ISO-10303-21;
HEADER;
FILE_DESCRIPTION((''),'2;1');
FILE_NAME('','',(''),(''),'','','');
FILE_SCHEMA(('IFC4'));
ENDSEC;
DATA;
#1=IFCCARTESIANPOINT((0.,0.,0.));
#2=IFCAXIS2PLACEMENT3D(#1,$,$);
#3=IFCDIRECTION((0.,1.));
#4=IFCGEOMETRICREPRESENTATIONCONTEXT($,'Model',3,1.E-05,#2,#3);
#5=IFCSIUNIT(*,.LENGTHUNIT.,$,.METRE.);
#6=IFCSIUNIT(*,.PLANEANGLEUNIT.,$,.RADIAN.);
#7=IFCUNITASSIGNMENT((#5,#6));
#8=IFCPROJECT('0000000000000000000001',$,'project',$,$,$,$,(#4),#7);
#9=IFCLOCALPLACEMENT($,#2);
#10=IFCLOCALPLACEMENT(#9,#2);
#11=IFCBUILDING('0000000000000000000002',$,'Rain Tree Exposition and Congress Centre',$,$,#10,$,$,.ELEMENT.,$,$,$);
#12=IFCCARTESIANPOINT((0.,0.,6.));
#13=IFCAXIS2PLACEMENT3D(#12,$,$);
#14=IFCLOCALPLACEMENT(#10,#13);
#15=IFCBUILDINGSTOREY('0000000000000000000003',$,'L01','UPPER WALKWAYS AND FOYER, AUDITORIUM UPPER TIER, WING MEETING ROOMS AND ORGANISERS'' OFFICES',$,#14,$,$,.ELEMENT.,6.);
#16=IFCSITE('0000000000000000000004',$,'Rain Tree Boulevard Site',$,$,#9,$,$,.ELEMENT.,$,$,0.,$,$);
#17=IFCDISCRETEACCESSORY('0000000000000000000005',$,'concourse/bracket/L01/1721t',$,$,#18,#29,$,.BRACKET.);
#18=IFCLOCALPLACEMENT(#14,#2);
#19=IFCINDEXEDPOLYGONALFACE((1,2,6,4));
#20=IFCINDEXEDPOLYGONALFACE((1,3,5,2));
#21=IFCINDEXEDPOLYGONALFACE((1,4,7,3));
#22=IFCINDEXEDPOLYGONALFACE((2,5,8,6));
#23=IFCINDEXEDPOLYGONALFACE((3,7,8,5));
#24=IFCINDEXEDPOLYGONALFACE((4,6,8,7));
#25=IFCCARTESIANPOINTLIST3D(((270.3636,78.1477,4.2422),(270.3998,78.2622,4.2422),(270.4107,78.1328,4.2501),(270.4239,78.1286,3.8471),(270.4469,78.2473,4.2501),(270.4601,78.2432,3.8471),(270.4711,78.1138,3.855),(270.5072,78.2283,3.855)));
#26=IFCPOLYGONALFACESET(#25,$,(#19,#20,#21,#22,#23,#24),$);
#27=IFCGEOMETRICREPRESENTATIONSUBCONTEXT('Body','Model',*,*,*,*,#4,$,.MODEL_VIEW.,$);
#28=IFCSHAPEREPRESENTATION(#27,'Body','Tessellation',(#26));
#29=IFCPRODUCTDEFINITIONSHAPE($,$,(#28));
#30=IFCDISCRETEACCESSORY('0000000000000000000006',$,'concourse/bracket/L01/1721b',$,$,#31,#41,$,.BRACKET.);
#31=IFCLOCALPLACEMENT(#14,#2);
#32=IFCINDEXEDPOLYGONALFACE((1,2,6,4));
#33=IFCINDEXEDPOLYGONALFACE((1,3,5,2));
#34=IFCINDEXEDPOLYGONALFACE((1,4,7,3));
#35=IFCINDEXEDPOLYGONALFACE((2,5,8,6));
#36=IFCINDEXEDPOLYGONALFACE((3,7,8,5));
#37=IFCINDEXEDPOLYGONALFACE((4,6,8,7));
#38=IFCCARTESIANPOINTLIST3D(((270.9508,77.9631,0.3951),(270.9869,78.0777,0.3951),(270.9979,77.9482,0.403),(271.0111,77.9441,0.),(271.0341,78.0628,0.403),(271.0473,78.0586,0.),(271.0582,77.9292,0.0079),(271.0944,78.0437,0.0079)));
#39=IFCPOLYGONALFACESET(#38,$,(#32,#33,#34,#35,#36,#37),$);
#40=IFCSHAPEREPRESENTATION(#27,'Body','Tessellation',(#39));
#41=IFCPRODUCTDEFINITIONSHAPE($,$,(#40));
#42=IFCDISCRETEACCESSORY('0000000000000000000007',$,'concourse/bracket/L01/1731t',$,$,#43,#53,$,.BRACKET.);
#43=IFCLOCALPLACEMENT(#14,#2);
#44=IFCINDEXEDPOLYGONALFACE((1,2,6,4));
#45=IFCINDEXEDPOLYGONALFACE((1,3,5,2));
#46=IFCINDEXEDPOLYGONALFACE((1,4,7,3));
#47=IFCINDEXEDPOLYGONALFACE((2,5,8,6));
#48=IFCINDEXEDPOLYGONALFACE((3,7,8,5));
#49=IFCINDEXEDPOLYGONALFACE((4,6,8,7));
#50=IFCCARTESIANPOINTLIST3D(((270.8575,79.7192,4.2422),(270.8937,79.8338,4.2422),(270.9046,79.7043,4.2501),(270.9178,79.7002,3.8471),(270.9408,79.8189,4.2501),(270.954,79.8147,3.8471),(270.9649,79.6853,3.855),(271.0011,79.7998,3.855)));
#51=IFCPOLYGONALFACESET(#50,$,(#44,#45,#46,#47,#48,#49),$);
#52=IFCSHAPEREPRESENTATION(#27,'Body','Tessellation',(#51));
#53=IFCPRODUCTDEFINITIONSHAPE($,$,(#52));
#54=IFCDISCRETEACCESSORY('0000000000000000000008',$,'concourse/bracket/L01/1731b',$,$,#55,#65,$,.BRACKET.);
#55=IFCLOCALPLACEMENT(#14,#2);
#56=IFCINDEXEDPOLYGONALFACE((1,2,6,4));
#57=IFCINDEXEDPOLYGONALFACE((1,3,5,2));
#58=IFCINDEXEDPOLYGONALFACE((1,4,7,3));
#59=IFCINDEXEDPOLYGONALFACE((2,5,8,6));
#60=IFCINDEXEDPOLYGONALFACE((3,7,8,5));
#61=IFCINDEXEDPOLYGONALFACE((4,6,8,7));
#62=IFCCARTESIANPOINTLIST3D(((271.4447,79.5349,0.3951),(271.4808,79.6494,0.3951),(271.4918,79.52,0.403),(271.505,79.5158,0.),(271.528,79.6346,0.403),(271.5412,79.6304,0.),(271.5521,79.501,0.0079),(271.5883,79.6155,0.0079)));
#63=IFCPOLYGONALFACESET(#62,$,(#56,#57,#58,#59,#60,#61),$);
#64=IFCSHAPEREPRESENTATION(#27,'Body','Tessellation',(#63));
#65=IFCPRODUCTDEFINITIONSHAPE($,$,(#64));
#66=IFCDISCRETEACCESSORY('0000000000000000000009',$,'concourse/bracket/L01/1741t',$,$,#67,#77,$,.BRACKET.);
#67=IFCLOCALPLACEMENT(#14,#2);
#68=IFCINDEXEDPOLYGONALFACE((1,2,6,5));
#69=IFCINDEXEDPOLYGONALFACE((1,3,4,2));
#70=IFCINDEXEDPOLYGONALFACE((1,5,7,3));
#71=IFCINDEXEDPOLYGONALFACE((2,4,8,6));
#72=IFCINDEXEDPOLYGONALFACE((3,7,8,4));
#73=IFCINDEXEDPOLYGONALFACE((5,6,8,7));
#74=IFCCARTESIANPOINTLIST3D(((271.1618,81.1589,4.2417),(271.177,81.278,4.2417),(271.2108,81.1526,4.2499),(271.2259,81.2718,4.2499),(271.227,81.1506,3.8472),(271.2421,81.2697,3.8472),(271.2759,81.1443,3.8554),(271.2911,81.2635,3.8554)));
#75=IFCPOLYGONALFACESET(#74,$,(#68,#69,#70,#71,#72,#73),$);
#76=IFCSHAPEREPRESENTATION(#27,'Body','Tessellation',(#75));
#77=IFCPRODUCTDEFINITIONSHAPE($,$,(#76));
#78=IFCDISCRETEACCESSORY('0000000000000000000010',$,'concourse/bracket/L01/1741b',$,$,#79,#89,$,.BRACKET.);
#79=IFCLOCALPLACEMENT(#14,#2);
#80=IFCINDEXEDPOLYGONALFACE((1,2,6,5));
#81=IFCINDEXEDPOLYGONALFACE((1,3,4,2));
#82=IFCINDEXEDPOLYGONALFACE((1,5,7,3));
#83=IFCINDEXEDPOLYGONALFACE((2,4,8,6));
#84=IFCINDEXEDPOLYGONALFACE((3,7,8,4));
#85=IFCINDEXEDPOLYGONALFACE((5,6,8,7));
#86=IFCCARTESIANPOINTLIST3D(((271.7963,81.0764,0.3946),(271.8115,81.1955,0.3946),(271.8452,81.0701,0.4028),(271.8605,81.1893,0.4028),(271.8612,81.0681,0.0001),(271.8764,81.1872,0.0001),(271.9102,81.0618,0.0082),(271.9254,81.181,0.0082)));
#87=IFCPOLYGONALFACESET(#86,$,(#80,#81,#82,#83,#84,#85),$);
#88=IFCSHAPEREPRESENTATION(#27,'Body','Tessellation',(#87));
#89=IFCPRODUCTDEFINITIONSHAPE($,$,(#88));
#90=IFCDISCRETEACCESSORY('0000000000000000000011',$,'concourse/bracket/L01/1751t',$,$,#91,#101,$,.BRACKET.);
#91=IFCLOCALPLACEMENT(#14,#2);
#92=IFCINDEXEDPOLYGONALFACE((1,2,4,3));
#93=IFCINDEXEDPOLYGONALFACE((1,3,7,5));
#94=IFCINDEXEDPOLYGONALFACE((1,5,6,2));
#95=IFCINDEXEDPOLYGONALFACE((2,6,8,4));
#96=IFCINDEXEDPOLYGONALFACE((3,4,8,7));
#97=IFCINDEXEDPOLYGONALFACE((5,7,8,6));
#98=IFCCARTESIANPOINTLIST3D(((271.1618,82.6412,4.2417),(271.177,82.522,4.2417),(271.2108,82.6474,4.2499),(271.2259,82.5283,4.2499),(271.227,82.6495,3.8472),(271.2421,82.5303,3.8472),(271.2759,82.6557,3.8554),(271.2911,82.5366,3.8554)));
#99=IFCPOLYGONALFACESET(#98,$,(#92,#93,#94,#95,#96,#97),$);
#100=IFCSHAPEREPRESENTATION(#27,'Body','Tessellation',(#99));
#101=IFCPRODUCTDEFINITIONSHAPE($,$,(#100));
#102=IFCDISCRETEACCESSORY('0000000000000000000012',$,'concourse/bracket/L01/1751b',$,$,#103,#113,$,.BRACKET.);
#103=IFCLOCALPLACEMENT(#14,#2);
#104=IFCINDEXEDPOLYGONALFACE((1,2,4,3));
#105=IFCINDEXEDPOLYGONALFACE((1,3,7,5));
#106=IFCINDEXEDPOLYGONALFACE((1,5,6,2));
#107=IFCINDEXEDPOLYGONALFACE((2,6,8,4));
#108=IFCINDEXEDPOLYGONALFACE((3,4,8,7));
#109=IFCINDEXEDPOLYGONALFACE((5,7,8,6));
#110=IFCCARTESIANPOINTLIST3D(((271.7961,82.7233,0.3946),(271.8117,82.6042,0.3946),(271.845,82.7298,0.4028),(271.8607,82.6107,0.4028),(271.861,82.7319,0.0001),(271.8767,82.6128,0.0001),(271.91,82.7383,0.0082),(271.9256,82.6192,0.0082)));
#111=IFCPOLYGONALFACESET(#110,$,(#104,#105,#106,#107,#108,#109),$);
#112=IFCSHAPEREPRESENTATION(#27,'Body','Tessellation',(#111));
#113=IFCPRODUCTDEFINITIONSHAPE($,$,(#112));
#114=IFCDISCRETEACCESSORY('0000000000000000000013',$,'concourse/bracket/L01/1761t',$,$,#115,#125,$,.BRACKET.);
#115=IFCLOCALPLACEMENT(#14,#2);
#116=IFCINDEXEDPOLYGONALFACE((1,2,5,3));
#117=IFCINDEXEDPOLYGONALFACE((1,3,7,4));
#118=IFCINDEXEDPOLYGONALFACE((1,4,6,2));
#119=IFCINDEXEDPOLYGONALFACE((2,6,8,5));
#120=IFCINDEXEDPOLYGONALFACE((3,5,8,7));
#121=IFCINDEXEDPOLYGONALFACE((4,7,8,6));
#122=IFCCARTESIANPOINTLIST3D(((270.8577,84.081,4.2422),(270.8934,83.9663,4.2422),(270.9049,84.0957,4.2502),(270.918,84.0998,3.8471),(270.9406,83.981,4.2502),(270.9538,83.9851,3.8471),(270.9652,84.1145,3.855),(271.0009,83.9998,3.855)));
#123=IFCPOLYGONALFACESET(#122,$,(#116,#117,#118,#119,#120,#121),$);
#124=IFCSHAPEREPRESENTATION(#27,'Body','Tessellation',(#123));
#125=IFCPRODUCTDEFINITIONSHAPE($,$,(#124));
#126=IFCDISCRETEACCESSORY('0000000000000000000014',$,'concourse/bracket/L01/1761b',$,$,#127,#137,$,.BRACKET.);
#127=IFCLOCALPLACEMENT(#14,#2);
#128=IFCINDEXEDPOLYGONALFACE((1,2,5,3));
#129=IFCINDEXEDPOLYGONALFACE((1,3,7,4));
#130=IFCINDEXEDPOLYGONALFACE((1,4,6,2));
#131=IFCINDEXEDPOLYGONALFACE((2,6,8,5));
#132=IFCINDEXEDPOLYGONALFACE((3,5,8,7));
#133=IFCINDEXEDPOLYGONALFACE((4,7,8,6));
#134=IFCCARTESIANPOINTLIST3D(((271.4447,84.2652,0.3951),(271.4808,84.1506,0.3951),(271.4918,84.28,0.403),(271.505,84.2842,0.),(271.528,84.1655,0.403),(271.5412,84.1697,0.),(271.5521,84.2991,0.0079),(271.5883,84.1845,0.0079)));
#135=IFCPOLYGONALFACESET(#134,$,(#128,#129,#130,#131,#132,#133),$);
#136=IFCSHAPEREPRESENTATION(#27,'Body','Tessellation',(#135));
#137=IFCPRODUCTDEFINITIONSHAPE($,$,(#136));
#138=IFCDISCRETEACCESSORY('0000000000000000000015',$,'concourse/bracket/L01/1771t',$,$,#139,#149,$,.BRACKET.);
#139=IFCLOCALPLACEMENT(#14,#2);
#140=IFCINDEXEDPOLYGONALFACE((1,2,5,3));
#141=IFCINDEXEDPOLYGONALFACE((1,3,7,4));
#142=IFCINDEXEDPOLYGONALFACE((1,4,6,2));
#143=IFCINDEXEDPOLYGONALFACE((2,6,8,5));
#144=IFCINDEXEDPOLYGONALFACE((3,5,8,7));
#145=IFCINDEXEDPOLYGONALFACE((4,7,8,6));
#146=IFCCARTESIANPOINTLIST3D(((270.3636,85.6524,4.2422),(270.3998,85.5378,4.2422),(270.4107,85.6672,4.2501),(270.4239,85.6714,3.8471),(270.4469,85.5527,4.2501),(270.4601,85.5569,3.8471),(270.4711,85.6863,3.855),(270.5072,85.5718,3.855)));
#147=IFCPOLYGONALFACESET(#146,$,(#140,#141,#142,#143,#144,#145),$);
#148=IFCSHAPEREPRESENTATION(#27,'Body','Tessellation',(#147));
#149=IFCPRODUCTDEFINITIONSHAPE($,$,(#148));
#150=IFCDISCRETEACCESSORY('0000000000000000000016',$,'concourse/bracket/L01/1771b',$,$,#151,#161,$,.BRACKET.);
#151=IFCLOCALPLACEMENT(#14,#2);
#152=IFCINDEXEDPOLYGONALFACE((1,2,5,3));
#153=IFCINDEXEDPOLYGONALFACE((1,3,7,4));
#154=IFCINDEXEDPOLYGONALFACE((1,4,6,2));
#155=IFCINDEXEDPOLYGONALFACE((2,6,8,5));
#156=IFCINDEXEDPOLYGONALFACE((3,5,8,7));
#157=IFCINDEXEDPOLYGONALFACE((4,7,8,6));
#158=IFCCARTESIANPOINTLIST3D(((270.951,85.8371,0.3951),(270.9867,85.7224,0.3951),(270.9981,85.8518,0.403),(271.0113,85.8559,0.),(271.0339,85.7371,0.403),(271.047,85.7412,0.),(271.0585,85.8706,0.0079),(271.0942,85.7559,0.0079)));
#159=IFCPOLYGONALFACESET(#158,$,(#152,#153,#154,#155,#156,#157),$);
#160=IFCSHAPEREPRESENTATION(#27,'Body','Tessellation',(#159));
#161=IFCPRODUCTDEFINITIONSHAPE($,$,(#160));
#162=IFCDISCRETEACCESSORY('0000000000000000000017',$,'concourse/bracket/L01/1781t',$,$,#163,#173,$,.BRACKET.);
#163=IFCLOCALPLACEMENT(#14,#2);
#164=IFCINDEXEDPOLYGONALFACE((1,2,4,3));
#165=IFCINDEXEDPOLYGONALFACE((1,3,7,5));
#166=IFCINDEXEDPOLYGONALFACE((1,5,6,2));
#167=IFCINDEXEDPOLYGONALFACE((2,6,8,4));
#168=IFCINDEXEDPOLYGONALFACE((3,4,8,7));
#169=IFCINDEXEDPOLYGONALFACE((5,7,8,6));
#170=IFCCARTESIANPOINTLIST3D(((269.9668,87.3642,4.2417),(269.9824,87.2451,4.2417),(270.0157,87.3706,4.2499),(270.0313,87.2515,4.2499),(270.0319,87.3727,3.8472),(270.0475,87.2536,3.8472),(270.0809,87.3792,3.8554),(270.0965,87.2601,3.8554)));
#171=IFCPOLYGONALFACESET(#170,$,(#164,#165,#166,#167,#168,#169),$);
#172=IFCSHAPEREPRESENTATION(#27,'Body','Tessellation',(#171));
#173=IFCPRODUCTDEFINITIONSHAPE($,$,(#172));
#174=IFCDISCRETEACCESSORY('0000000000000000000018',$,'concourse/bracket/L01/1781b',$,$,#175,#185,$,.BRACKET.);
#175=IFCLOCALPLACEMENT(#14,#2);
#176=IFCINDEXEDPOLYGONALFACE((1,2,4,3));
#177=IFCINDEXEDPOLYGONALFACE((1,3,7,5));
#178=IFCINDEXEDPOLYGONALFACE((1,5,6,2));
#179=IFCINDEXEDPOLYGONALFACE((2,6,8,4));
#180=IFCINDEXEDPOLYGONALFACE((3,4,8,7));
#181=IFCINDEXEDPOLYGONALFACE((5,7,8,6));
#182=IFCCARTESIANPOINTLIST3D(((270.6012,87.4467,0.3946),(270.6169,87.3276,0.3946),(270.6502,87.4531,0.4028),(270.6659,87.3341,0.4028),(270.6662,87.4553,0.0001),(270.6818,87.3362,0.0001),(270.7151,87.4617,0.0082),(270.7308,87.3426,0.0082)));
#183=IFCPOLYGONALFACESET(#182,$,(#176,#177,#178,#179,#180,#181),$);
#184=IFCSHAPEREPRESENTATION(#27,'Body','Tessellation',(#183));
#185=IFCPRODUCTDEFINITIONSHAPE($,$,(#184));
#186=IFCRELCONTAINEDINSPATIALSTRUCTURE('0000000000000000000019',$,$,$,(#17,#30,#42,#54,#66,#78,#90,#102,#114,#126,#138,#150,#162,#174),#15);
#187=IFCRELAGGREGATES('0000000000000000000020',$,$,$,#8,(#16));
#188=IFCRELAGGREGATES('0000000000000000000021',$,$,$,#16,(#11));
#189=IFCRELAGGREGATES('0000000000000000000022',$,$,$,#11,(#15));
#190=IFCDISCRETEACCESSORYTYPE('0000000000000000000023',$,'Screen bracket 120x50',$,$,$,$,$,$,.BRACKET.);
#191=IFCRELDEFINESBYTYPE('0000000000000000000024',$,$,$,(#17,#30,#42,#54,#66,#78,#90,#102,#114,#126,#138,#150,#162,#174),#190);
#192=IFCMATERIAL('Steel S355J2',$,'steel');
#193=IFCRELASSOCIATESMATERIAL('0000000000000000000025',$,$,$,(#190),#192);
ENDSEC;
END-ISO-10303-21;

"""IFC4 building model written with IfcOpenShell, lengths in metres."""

from ifc_helpers import new_model, si_unit, direction, frame, origin, origin_2d, place, context, subcontext, project, spatial, rectangle, extrude, material, material_profile, profile_set, type_object, element, save


model = new_model("IFC4")

# Units and contexts
model_context = context("Model", 3, precision=1e-05, world=origin(), true_north=direction((0.0, 1.0)))
body_context = subcontext(model_context, "Body", "Model", "MODEL_VIEW")
ifc_project = project(units=[si_unit("LENGTHUNIT", "METRE"), si_unit("PLANEANGLEUNIT", "RADIAN")], contexts=[model_context])

# Site, building, storey
site_placement = place(None, origin())
site = spatial("IfcSite", under=ifc_project, at=site_placement, Name="Rain Tree Boulevard Site", CompositionType="ELEMENT", RefElevation=0.0)
building_placement = place(site_placement, origin())
building = spatial("IfcBuilding", under=site, at=building_placement, Name="Rain Tree Exposition and Congress Centre", CompositionType="ELEMENT")
storey_placement = place(building_placement, frame((0.0, 0.0, 6.0)))
storey = spatial("IfcBuildingStorey", under=building, at=storey_placement, Name="L01", Description="UPPER WALKWAYS AND FOYER, AUDITORIUM UPPER TIER, WING MEETING ROOMS AND ORGANISERS' OFFICES", CompositionType="ELEMENT", Elevation=6.0)

# Discrete accessories
ifc_material_1 = material(Name="Steel S355J2", Category="steel")
ifc_material_profile_1 = material_profile(ifc_material_1, rectangle(XDim=0.1201, YDim=0.05, at=origin_2d()), Name="Flat bar 120x50")
ifc_profile_set_1 = profile_set([ifc_material_profile_1], Name="Steel S355J2")
discrete_accessory_type = type_object("IfcDiscreteAccessoryType", Name="Screen bracket 120x50", PredefinedType="BRACKET", material=ifc_profile_set_1)
for number, where, z_axis, x_axis, name in (
    (1, (270.4656, 78.1785, 3.8511), (-0.150738, 0.047602, 0.987427), (-0.301131, -0.953583, 0.0), "concourse/bracket/L01/1721t"),
    (2, (271.0527, 77.9939, 0.0039), (-0.150738, 0.047602, 0.987427), (-0.301131, -0.953583, 0.0), "concourse/bracket/L01/1721b"),
    (3, (270.9595, 79.75, 3.8511), (-0.150738, 0.047602, 0.987427), (-0.301131, -0.953583, 0.0), "concourse/bracket/L01/1731t"),
    (4, (271.5466, 79.5657, 0.0039), (-0.150738, 0.047602, 0.987427), (-0.301131, -0.953583, 0.0), "concourse/bracket/L01/1731b"),
):
    element("IfcDiscreteAccessory", number, at=place(storey_placement, frame(where, z_axis=z_axis, x_axis=x_axis)), inside=storey, type_object=discrete_accessory_type, Name=name, PredefinedType="BRACKET", context=body_context, shape_type="SweptSolid", body=[
        extrude(rectangle(XDim=0.1201, YDim=0.05, at=origin_2d()), origin(), (0.0, 0.0, 1.0), 0.4001),
    ])
for number, where, z_axis, x_axis, name in (
    (5, (271.259, 81.207, 3.8513), (-0.162978, 0.020754, 0.986411), (-0.126321, -0.991989, 0.0), "concourse/bracket/L01/1741t"),
    (6, (271.8933, 81.1245, 0.0042), (-0.162383, 0.020756, 0.986509), (-0.126788, -0.99193, 0.0), "concourse/bracket/L01/1741b"),
    (7, (271.259, 82.593, 3.8513), (-0.162978, -0.020754, 0.986411), (0.126321, -0.991989, 0.0), "concourse/bracket/L01/1751t"),
    (8, (271.8933, 82.6755, 0.0042), (-0.162381, -0.021366, 0.986497), (0.130455, -0.991454, 0.0), "concourse/bracket/L01/1751b"),
):
    element("IfcDiscreteAccessory", number, at=place(storey_placement, frame(where, z_axis=z_axis, x_axis=x_axis)), inside=storey, type_object=discrete_accessory_type, Name=name, PredefinedType="BRACKET", context=body_context, shape_type="SweptSolid", body=[
        extrude(rectangle(XDim=0.1201, YDim=0.05, at=origin_2d()), origin(), (0.0, 0.0, 1.0), 0.3999),
    ])
for number, where, z_axis, x_axis, name in (
    (9, (270.9595, 84.0498, 3.8511), (-0.150743, -0.046993, 0.987456), (0.297615, -0.954686, 0.0), "concourse/bracket/L01/1761t"),
    (10, (271.5466, 84.2344, 0.0039), (-0.150738, -0.047602, 0.987427), (0.301131, -0.953583, 0.0), "concourse/bracket/L01/1761b"),
    (11, (270.4656, 85.6216, 3.8511), (-0.150738, -0.047602, 0.987427), (0.301131, -0.953583, 0.0), "concourse/bracket/L01/1771t"),
    (12, (271.0527, 85.8059, 0.0039), (-0.150743, -0.046993, 0.987456), (0.297615, -0.954686, 0.0), "concourse/bracket/L01/1771b"),
):
    element("IfcDiscreteAccessory", number, at=place(storey_placement, frame(where, z_axis=z_axis, x_axis=x_axis)), inside=storey, type_object=discrete_accessory_type, Name=name, PredefinedType="BRACKET", context=body_context, shape_type="SweptSolid", body=[
        extrude(rectangle(XDim=0.1201, YDim=0.05, at=origin_2d()), origin(), (0.0, 0.0, 1.0), 0.4001),
    ])
for number, where, z_axis, x_axis, name in (
    (13, (270.0642, 87.3164, 3.8513), (-0.162976, -0.021364, 0.986399), (0.129974, -0.991517, 0.0), "concourse/bracket/L01/1781t"),
    (14, (270.6985, 87.3989, 0.0042), (-0.162381, -0.021366, 0.986497), (0.130455, -0.991454, 0.0), "concourse/bracket/L01/1781b"),
):
    element("IfcDiscreteAccessory", number, at=place(storey_placement, frame(where, z_axis=z_axis, x_axis=x_axis)), inside=storey, type_object=discrete_accessory_type, Name=name, PredefinedType="BRACKET", context=body_context, shape_type="SweptSolid", body=[
        extrude(rectangle(XDim=0.1201, YDim=0.05, at=origin_2d()), origin(), (0.0, 0.0, 1.0), 0.3999),
    ])

save(model, "model.ifc")
